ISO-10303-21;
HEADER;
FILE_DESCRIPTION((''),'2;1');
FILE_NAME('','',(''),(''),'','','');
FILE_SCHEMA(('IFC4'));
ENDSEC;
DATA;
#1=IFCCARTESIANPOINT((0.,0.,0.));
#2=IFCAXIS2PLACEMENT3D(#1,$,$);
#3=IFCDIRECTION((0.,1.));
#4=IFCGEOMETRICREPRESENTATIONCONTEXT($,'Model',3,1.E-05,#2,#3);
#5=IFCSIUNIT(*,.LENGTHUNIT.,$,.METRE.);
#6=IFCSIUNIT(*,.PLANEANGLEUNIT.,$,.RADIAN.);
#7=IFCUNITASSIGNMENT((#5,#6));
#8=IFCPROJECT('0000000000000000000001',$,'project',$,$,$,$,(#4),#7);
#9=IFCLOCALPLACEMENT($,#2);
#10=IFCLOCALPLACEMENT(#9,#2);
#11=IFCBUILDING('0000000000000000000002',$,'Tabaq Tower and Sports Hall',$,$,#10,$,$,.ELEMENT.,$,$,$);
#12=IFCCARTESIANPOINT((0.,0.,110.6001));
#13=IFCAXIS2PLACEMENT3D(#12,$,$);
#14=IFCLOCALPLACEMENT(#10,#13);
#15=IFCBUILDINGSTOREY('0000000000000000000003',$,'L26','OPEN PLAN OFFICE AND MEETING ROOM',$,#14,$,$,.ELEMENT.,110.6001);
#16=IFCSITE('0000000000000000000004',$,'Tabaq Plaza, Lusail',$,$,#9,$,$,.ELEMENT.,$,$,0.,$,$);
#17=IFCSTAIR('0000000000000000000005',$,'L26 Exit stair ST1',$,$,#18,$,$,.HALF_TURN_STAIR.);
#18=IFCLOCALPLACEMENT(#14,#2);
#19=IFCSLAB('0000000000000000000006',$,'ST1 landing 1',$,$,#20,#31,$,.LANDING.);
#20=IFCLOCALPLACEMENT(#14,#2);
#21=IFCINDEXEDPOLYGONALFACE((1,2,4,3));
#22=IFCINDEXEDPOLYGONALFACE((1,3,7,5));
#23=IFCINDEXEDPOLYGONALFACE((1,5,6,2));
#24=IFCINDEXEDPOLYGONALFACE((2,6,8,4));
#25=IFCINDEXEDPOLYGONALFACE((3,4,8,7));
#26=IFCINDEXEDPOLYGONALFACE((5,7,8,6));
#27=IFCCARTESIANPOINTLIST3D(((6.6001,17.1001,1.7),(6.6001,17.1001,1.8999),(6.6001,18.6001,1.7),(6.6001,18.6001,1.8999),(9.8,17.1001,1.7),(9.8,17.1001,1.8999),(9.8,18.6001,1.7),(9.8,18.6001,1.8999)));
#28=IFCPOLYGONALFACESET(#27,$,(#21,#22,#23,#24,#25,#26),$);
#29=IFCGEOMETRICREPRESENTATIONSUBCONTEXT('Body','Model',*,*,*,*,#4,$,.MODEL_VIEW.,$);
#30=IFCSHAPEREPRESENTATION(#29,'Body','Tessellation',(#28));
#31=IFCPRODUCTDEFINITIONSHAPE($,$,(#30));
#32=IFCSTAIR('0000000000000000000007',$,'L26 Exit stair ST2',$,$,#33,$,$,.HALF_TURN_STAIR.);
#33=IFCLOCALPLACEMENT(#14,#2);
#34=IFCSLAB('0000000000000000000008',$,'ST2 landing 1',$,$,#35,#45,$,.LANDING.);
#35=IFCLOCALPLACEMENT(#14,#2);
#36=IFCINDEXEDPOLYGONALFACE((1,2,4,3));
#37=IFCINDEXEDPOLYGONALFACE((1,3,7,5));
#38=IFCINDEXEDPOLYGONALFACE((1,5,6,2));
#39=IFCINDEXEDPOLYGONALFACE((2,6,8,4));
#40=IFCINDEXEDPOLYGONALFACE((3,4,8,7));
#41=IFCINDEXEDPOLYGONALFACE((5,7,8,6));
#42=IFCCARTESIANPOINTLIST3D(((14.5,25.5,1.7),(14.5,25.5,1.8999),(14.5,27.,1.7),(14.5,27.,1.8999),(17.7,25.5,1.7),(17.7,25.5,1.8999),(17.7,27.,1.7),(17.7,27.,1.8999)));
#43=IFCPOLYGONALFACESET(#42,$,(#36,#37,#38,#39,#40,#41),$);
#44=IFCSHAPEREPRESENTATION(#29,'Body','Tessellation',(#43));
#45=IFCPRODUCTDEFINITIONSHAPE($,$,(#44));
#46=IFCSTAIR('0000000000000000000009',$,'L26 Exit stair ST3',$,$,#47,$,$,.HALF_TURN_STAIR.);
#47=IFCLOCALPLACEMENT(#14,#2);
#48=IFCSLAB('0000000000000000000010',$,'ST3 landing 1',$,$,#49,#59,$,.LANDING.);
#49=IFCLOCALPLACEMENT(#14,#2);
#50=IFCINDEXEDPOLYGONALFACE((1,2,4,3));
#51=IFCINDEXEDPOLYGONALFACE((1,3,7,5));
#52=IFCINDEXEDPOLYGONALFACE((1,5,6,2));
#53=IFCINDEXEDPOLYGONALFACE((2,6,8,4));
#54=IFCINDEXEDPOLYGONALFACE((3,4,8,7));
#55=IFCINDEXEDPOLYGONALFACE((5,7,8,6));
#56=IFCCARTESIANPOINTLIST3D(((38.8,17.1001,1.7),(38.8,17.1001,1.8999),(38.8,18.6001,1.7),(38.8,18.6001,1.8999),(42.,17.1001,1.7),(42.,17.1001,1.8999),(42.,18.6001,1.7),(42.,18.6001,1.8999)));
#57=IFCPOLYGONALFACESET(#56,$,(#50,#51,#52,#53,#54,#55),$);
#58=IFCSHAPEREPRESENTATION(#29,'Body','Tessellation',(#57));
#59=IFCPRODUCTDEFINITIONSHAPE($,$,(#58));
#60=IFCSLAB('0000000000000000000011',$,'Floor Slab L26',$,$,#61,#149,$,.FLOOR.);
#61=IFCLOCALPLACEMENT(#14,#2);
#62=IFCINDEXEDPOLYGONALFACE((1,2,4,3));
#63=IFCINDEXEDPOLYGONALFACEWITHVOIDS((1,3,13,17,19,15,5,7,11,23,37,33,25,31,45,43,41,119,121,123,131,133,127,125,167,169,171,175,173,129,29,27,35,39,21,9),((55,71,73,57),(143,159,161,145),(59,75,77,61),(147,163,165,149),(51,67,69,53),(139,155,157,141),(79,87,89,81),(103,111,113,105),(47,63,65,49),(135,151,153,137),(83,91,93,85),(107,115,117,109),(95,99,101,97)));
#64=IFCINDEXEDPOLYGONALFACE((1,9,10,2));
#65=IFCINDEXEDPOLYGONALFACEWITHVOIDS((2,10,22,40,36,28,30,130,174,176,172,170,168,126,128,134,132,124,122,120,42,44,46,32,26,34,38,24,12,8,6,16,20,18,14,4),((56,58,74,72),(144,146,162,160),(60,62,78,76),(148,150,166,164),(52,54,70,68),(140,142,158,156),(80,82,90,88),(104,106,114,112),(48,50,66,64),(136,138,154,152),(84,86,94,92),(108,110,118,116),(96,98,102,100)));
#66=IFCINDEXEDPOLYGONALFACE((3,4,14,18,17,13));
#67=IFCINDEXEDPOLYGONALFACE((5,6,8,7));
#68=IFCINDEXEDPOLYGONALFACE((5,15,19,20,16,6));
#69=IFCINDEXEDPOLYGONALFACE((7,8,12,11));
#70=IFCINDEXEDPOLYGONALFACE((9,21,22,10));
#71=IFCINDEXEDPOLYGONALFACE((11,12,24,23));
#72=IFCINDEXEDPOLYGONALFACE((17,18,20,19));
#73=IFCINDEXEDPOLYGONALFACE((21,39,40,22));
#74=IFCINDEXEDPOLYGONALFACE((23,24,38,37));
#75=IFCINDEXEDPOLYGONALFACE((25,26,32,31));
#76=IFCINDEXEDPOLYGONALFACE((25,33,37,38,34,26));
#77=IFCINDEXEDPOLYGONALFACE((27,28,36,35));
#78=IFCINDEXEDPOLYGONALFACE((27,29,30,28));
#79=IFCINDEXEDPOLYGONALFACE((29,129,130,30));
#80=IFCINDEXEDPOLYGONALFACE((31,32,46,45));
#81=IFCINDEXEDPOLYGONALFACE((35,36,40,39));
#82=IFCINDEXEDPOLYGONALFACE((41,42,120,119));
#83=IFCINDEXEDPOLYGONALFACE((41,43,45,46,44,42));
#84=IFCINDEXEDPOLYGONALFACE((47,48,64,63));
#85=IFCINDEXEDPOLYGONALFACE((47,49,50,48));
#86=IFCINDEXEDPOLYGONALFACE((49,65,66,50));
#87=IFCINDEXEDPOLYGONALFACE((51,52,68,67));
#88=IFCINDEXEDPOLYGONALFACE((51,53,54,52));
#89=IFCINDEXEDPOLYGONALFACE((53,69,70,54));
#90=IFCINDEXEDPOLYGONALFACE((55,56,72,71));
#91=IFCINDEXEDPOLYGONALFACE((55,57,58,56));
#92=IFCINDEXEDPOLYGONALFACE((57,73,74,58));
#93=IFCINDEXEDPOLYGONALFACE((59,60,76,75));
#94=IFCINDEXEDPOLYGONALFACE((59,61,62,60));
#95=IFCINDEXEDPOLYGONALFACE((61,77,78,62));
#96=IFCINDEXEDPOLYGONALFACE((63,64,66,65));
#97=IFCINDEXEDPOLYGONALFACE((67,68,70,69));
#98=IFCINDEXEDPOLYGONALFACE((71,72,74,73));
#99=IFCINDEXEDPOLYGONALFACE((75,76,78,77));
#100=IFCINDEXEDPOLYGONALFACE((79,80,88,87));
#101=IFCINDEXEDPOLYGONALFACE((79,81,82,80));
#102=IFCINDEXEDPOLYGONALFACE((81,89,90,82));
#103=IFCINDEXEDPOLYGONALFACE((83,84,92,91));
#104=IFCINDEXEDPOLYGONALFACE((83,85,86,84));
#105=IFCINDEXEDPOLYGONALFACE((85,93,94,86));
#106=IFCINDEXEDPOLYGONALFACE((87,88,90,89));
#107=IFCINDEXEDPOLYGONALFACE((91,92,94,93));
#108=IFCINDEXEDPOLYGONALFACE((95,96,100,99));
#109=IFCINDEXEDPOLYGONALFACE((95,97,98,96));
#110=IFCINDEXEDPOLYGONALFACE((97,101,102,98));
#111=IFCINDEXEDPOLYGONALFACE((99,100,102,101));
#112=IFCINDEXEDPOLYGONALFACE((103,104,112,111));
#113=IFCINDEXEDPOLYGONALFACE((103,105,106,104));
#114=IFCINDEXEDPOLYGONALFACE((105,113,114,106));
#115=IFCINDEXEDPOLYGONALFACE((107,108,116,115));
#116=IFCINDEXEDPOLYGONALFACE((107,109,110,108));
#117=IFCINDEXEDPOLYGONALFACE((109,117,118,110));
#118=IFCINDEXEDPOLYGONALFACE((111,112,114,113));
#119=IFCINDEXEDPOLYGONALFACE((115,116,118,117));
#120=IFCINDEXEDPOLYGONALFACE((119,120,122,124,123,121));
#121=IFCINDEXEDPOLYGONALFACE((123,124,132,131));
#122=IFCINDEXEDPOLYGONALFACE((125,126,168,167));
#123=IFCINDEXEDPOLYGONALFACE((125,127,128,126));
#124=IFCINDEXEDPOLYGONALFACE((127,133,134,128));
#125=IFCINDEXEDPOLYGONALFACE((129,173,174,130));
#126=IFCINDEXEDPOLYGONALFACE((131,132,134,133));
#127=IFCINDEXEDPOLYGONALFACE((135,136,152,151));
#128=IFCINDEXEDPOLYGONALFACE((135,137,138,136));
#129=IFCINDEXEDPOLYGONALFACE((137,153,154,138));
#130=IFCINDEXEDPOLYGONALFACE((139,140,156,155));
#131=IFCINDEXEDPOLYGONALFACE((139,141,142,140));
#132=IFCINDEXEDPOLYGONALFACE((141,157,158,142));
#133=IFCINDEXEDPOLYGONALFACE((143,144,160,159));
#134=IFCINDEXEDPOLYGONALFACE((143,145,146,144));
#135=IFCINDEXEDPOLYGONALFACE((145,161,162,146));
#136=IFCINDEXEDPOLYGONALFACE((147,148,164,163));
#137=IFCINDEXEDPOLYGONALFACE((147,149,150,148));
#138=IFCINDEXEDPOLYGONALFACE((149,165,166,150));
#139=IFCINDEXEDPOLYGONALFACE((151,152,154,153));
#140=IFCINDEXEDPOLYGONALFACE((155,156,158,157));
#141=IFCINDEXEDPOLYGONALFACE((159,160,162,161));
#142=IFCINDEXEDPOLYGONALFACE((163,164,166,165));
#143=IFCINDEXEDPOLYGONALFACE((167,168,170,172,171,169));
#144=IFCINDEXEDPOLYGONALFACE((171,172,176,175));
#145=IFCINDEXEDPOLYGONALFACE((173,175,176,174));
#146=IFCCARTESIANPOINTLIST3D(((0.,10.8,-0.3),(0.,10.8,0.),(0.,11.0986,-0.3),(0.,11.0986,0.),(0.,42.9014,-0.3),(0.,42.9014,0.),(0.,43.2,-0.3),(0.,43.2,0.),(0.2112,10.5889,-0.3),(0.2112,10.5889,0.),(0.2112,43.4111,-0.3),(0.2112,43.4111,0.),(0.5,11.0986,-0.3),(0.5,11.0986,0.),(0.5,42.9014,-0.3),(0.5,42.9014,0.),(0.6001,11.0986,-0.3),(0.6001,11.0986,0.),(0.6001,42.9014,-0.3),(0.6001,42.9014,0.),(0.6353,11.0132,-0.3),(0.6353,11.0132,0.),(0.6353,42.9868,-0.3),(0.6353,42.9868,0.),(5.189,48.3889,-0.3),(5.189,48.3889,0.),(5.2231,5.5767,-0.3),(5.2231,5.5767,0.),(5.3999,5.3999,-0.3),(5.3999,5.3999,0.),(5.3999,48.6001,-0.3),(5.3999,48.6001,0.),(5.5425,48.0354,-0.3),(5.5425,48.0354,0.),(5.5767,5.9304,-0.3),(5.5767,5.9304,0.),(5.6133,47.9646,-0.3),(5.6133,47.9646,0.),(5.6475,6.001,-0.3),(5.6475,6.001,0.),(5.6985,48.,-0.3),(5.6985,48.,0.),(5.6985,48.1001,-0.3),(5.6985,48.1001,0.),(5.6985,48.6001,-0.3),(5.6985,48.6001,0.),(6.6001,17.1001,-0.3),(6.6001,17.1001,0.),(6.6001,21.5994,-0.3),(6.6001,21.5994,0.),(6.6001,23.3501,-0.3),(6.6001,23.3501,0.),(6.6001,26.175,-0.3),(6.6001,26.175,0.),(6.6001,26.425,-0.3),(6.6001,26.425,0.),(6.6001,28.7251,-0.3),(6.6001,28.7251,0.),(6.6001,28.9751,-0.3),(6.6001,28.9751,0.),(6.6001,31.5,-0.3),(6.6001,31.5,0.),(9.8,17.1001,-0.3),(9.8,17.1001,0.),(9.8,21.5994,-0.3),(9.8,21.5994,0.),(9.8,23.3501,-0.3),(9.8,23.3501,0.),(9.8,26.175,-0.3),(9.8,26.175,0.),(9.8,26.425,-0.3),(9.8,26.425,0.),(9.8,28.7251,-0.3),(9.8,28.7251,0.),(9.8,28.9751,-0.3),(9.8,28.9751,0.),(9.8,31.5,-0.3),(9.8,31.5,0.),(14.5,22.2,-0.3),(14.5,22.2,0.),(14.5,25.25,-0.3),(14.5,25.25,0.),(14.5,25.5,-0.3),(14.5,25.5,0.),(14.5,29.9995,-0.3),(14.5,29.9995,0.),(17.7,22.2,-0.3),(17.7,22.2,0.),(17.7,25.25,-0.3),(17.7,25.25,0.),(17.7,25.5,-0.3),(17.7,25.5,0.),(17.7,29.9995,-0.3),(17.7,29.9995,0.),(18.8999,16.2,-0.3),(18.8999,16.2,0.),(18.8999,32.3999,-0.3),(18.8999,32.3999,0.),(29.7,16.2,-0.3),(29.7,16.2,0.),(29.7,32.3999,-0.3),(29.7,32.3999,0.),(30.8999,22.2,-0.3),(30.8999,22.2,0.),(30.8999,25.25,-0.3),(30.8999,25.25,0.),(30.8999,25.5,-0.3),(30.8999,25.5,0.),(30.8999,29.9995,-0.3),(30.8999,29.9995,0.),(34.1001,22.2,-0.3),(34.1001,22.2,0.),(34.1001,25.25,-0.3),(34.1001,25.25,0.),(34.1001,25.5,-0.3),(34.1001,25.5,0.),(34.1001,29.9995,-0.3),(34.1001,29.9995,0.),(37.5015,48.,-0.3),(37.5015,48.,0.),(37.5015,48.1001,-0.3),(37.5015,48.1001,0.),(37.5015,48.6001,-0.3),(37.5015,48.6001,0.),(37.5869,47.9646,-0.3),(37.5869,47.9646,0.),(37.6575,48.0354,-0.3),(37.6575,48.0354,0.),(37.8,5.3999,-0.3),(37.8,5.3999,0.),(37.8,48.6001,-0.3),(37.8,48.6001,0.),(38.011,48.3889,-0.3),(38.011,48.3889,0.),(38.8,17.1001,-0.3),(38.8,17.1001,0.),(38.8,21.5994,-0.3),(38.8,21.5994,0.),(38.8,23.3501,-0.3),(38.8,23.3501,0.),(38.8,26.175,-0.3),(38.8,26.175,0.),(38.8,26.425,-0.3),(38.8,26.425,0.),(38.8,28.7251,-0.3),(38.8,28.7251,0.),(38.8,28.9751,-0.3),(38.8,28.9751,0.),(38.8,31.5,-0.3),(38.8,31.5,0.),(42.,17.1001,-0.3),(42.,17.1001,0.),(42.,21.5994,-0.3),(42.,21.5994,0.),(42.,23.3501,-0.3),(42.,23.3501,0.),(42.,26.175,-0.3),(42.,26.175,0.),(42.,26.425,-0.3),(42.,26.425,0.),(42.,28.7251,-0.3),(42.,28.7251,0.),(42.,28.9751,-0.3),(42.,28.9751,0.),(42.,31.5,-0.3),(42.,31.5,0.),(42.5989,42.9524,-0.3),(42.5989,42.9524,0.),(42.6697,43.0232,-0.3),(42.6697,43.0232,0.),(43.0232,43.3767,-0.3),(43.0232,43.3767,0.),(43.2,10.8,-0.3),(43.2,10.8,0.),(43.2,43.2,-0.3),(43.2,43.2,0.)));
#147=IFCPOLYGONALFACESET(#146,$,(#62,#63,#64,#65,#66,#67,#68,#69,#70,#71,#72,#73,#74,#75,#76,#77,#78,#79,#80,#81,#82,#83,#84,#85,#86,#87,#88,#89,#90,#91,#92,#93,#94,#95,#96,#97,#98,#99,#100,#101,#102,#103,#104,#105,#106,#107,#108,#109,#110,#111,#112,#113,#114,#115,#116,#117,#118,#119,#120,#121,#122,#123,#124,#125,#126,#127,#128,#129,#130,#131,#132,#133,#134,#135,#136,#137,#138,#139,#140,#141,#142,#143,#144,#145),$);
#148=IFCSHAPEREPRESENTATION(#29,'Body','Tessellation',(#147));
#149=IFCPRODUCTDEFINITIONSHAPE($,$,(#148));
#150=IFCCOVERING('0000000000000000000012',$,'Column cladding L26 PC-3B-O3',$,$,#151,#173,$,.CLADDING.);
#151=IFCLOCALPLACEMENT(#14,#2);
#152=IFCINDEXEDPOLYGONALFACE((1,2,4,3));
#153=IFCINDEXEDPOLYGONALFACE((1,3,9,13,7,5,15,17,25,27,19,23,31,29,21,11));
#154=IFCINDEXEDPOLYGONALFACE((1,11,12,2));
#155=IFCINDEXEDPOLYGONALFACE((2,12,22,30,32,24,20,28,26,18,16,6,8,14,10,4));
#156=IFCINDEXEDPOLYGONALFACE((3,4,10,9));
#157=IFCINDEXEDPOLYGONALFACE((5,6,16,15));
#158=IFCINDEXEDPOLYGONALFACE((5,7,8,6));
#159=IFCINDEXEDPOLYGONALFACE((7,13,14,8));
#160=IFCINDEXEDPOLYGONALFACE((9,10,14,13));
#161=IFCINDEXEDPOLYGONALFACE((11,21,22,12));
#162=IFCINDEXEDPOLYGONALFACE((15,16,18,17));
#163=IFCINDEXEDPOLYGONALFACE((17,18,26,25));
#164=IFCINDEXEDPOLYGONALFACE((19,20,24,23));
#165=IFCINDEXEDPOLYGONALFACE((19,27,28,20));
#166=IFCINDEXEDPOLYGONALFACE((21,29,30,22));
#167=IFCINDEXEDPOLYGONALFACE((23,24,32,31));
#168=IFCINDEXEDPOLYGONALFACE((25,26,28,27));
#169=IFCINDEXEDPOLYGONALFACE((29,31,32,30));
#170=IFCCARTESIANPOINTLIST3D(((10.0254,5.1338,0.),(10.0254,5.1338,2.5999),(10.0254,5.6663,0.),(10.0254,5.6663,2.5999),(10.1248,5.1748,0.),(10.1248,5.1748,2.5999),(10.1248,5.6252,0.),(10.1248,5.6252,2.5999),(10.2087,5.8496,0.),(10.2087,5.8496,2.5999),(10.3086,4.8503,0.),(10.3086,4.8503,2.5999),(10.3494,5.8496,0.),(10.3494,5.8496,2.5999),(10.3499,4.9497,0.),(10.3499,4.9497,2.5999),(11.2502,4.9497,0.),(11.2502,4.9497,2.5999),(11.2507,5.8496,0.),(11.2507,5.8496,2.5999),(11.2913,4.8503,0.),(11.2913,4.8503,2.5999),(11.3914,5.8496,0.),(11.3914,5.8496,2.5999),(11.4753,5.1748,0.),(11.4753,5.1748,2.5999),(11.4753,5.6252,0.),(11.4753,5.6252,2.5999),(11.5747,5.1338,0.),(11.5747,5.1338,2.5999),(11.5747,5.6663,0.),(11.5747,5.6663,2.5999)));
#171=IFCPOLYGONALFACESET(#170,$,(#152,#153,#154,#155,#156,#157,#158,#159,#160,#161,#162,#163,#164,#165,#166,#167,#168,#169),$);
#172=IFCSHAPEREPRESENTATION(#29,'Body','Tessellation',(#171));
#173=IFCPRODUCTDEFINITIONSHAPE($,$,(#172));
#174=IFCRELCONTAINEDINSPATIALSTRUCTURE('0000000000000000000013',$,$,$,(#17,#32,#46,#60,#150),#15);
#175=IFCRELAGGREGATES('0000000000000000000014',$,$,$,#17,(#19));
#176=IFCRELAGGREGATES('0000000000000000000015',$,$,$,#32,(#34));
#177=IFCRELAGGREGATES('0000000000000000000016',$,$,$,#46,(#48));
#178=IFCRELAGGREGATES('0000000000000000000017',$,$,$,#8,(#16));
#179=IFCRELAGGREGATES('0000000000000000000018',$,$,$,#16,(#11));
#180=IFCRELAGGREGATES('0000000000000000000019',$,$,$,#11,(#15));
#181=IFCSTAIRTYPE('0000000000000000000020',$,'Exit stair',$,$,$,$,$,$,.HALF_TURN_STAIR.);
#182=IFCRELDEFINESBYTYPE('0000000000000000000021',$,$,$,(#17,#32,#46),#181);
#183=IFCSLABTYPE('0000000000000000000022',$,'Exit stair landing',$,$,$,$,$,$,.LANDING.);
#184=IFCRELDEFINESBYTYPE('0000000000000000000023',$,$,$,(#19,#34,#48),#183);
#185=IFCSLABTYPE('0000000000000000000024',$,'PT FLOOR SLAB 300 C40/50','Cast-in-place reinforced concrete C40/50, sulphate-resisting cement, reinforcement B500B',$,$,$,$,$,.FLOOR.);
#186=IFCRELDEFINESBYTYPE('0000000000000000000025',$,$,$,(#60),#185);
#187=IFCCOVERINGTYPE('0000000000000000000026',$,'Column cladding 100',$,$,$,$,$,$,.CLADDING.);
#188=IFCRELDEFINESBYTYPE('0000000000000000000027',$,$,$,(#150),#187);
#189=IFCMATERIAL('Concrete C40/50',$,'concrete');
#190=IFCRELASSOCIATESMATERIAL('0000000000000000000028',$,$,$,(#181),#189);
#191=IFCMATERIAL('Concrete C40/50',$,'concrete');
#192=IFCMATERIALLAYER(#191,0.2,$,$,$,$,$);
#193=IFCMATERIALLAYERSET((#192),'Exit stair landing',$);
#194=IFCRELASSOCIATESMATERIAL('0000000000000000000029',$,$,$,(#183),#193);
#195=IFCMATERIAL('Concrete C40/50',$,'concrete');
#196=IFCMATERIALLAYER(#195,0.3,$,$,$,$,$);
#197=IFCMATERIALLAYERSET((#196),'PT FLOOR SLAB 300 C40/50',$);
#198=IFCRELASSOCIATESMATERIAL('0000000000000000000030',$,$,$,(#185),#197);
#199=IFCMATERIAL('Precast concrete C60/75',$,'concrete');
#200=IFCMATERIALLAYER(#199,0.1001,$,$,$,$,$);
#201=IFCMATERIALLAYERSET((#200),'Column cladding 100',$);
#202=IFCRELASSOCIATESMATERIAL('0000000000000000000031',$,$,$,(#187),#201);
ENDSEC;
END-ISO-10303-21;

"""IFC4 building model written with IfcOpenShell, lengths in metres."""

from ifc_helpers import new_model, si_unit, direction, frame, origin, place, context, subcontext, project, spatial, polyline, outline, extrude, material, layer, layer_set, type_object, element, aggregate, save


model = new_model("IFC4")

# Units and contexts
model_context = context("Model", 3, precision=1e-05, world=origin(), true_north=direction((0.0, 1.0)))
body_context = subcontext(model_context, "Body", "Model", "MODEL_VIEW")
ifc_project = project(units=[si_unit("LENGTHUNIT", "METRE"), si_unit("PLANEANGLEUNIT", "RADIAN")], contexts=[model_context])

# Site, building, storey
site_placement = place(None, origin())
site = spatial("IfcSite", under=ifc_project, at=site_placement, Name="Tabaq Plaza, Lusail", CompositionType="ELEMENT", RefElevation=0.0)
building_placement = place(site_placement, origin())
building = spatial("IfcBuilding", under=site, at=building_placement, Name="Tabaq Tower and Sports Hall", CompositionType="ELEMENT")
storey_placement = place(building_placement, frame((0.0, 0.0, 110.6001)))
storey = spatial("IfcBuildingStorey", under=building, at=storey_placement, Name="L26", Description="OPEN PLAN OFFICE AND MEETING ROOM", CompositionType="ELEMENT", Elevation=110.6001)

# Stairs, slabs
ifc_material_1 = material(Name="Concrete C40/50", Category="concrete")
stair_type = type_object("IfcStairType", Name="Exit stair", PredefinedType="HALF_TURN_STAIR", material=ifc_material_1)
stair_1_placement = place(storey_placement, origin())
stair_1 = element("IfcStair", 1, at=stair_1_placement, inside=storey, type_object=stair_type, Name="L26 Exit stair ST1", PredefinedType="HALF_TURN_STAIR")
ifc_material_2 = material(Name="Concrete C40/50", Category="concrete")
ifc_layer_1 = layer(ifc_material_2, 0.2)
ifc_layer_set_1 = layer_set([ifc_layer_1], Name="Exit stair landing")
slab_type_1 = type_object("IfcSlabType", Name="Exit stair landing", PredefinedType="LANDING", material=ifc_layer_set_1)
slab_1_placement = place(storey_placement, frame((0.0, 0.0, 1.7)))
slab_1 = element("IfcSlab", 2, at=slab_1_placement, type_object=slab_type_1, Name="ST1 landing 1", PredefinedType="LANDING", context=body_context, shape_type="SweptSolid", body=[
    extrude(outline(polyline([(6.6001, 18.6001), (6.6001, 17.1001), (9.8, 17.1001), (9.8, 18.6001), (6.6001, 18.6001)])), origin(), (0.0, 0.0, 1.0), 0.2),
])
aggregate(stair_1, [slab_1])
stair_2_placement = place(storey_placement, origin())
stair_2 = element("IfcStair", 3, at=stair_2_placement, inside=storey, type_object=stair_type, Name="L26 Exit stair ST2", PredefinedType="HALF_TURN_STAIR")
slab_2_placement = place(storey_placement, frame((0.0, 0.0, 1.7)))
slab_2 = element("IfcSlab", 4, at=slab_2_placement, type_object=slab_type_1, Name="ST2 landing 1", PredefinedType="LANDING", context=body_context, shape_type="SweptSolid", body=[
    extrude(outline(polyline([(14.5, 27.0), (14.5, 25.5), (17.7, 25.5), (17.7, 27.0), (14.5, 27.0)])), origin(), (0.0, 0.0, 1.0), 0.2),
])
aggregate(stair_2, [slab_2])
stair_3_placement = place(storey_placement, origin())
stair_3 = element("IfcStair", 5, at=stair_3_placement, inside=storey, type_object=stair_type, Name="L26 Exit stair ST3", PredefinedType="HALF_TURN_STAIR")
slab_3_placement = place(storey_placement, frame((0.0, 0.0, 1.7)))
slab_3 = element("IfcSlab", 6, at=slab_3_placement, type_object=slab_type_1, Name="ST3 landing 1", PredefinedType="LANDING", context=body_context, shape_type="SweptSolid", body=[
    extrude(outline(polyline([(38.8, 18.6001), (38.8, 17.1001), (42.0, 17.1001), (42.0, 18.6001), (38.8, 18.6001)])), origin(), (0.0, 0.0, 1.0), 0.2),
])
aggregate(stair_3, [slab_3])

# Slab
ifc_material_3 = material(Name="Concrete C40/50", Category="concrete")
ifc_layer_2 = layer(ifc_material_3, 0.3)
ifc_layer_set_2 = layer_set([ifc_layer_2], Name="PT FLOOR SLAB 300 C40/50")
slab_type_2 = type_object("IfcSlabType", Name="PT FLOOR SLAB 300 C40/50", Description="Cast-in-place reinforced concrete C40/50, sulphate-resisting cement, reinforcement B500B", PredefinedType="FLOOR", material=ifc_layer_set_2)
slab_4_placement = place(storey_placement, frame((0.0, 0.0, -0.3)))
element("IfcSlab", 7, at=slab_4_placement, inside=storey, type_object=slab_type_2, Name="Floor Slab L26", PredefinedType="FLOOR", context=body_context, shape_type="SweptSolid", body=[
    extrude(outline(polyline([(0.0, 11.0986), (0.0, 10.8), (0.2112, 10.5889), (0.6353, 11.0132), (5.6475, 6.001), (5.5767, 5.9304), (5.2231, 5.5767), (5.3999, 5.3999), (37.8, 5.3999), (43.2, 10.8), (43.2, 43.2), (43.0232, 43.3767), (42.6697, 43.0232), (42.5989, 42.9524), (37.5869, 47.9646), (37.6575, 48.0354), (38.011, 48.3889), (37.8, 48.6001), (37.5015, 48.6001), (37.5015, 48.1001), (37.5015, 48.0), (5.6985, 48.0), (5.6985, 48.1001), (5.6985, 48.6001), (5.3999, 48.6001), (5.189, 48.3889), (5.5425, 48.0354), (5.6133, 47.9646), (0.6353, 42.9868), (0.2112, 43.4111), (0.0, 43.2), (0.0, 42.9014), (0.5, 42.9014), (0.6001, 42.9014), (0.6001, 11.0986), (0.5, 11.0986), (0.0, 11.0986)]), holes=[polyline([(6.6001, 21.5994), (9.8, 21.5994), (9.8, 17.1001), (6.6001, 17.1001), (6.6001, 21.5994)]), polyline([(17.7, 25.25), (17.7, 22.2), (14.5, 22.2), (14.5, 25.25), (17.7, 25.25)]), polyline([(18.8999, 32.3999), (29.7, 32.3999), (29.7, 16.2), (18.8999, 16.2), (18.8999, 32.3999)]), polyline([(6.6001, 26.175), (9.8, 26.175), (9.8, 23.3501), (6.6001, 23.3501), (6.6001, 26.175)]), polyline([(9.8, 28.7251), (9.8, 26.425), (6.6001, 26.425), (6.6001, 28.7251), (9.8, 28.7251)]), polyline([(17.7, 29.9995), (17.7, 25.5), (14.5, 25.5), (14.5, 29.9995), (17.7, 29.9995)]), polyline([(6.6001, 31.5), (9.8, 31.5), (9.8, 28.9751), (6.6001, 28.9751), (6.6001, 31.5)]), polyline([(42.0, 21.5994), (42.0, 17.1001), (38.8, 17.1001), (38.8, 21.5994), (42.0, 21.5994)]), polyline([(34.1001, 25.25), (34.1001, 22.2), (30.8999, 22.2), (30.8999, 25.25), (34.1001, 25.25)]), polyline([(42.0, 26.175), (42.0, 23.3501), (38.8, 23.3501), (38.8, 26.175), (42.0, 26.175)]), polyline([(42.0, 28.7251), (42.0, 26.425), (38.8, 26.425), (38.8, 28.7251), (42.0, 28.7251)]), polyline([(34.1001, 29.9995), (34.1001, 25.5), (30.8999, 25.5), (30.8999, 29.9995), (34.1001, 29.9995)]), polyline([(42.0, 31.5), (42.0, 28.9751), (38.8, 28.9751), (38.8, 31.5), (42.0, 31.5)])]), origin(), (0.0, 0.0, 1.0), 0.3),
])

# Covering
ifc_material_4 = material(Name="Precast concrete C60/75", Category="concrete")
ifc_layer_3 = layer(ifc_material_4, 0.1001)
ifc_layer_set_3 = layer_set([ifc_layer_3], Name="Column cladding 100")
covering_type = type_object("IfcCoveringType", Name="Column cladding 100", PredefinedType="CLADDING", material=ifc_layer_set_3)
covering_1_placement = place(storey_placement, origin())
element("IfcCovering", 8, at=covering_1_placement, inside=storey, type_object=covering_type, Name="Column cladding L26 PC-3B-O3", PredefinedType="CLADDING", context=body_context, shape_type="SweptSolid", body=[
    extrude(outline(polyline([(10.0254, 5.6663), (10.2087, 5.8496), (10.3494, 5.8496), (10.1248, 5.6252), (10.1248, 5.1748), (10.3499, 4.9497), (11.2502, 4.9497), (11.4753, 5.1748), (11.4753, 5.6252), (11.2507, 5.8496), (11.3914, 5.8496), (11.5747, 5.6663), (11.5747, 5.1338), (11.2913, 4.8503), (10.3086, 4.8503), (10.0254, 5.1338), (10.0254, 5.6663)])), origin(), (0.0, 0.0, 1.0), 2.5999),
])

save(model, "model.ifc")
